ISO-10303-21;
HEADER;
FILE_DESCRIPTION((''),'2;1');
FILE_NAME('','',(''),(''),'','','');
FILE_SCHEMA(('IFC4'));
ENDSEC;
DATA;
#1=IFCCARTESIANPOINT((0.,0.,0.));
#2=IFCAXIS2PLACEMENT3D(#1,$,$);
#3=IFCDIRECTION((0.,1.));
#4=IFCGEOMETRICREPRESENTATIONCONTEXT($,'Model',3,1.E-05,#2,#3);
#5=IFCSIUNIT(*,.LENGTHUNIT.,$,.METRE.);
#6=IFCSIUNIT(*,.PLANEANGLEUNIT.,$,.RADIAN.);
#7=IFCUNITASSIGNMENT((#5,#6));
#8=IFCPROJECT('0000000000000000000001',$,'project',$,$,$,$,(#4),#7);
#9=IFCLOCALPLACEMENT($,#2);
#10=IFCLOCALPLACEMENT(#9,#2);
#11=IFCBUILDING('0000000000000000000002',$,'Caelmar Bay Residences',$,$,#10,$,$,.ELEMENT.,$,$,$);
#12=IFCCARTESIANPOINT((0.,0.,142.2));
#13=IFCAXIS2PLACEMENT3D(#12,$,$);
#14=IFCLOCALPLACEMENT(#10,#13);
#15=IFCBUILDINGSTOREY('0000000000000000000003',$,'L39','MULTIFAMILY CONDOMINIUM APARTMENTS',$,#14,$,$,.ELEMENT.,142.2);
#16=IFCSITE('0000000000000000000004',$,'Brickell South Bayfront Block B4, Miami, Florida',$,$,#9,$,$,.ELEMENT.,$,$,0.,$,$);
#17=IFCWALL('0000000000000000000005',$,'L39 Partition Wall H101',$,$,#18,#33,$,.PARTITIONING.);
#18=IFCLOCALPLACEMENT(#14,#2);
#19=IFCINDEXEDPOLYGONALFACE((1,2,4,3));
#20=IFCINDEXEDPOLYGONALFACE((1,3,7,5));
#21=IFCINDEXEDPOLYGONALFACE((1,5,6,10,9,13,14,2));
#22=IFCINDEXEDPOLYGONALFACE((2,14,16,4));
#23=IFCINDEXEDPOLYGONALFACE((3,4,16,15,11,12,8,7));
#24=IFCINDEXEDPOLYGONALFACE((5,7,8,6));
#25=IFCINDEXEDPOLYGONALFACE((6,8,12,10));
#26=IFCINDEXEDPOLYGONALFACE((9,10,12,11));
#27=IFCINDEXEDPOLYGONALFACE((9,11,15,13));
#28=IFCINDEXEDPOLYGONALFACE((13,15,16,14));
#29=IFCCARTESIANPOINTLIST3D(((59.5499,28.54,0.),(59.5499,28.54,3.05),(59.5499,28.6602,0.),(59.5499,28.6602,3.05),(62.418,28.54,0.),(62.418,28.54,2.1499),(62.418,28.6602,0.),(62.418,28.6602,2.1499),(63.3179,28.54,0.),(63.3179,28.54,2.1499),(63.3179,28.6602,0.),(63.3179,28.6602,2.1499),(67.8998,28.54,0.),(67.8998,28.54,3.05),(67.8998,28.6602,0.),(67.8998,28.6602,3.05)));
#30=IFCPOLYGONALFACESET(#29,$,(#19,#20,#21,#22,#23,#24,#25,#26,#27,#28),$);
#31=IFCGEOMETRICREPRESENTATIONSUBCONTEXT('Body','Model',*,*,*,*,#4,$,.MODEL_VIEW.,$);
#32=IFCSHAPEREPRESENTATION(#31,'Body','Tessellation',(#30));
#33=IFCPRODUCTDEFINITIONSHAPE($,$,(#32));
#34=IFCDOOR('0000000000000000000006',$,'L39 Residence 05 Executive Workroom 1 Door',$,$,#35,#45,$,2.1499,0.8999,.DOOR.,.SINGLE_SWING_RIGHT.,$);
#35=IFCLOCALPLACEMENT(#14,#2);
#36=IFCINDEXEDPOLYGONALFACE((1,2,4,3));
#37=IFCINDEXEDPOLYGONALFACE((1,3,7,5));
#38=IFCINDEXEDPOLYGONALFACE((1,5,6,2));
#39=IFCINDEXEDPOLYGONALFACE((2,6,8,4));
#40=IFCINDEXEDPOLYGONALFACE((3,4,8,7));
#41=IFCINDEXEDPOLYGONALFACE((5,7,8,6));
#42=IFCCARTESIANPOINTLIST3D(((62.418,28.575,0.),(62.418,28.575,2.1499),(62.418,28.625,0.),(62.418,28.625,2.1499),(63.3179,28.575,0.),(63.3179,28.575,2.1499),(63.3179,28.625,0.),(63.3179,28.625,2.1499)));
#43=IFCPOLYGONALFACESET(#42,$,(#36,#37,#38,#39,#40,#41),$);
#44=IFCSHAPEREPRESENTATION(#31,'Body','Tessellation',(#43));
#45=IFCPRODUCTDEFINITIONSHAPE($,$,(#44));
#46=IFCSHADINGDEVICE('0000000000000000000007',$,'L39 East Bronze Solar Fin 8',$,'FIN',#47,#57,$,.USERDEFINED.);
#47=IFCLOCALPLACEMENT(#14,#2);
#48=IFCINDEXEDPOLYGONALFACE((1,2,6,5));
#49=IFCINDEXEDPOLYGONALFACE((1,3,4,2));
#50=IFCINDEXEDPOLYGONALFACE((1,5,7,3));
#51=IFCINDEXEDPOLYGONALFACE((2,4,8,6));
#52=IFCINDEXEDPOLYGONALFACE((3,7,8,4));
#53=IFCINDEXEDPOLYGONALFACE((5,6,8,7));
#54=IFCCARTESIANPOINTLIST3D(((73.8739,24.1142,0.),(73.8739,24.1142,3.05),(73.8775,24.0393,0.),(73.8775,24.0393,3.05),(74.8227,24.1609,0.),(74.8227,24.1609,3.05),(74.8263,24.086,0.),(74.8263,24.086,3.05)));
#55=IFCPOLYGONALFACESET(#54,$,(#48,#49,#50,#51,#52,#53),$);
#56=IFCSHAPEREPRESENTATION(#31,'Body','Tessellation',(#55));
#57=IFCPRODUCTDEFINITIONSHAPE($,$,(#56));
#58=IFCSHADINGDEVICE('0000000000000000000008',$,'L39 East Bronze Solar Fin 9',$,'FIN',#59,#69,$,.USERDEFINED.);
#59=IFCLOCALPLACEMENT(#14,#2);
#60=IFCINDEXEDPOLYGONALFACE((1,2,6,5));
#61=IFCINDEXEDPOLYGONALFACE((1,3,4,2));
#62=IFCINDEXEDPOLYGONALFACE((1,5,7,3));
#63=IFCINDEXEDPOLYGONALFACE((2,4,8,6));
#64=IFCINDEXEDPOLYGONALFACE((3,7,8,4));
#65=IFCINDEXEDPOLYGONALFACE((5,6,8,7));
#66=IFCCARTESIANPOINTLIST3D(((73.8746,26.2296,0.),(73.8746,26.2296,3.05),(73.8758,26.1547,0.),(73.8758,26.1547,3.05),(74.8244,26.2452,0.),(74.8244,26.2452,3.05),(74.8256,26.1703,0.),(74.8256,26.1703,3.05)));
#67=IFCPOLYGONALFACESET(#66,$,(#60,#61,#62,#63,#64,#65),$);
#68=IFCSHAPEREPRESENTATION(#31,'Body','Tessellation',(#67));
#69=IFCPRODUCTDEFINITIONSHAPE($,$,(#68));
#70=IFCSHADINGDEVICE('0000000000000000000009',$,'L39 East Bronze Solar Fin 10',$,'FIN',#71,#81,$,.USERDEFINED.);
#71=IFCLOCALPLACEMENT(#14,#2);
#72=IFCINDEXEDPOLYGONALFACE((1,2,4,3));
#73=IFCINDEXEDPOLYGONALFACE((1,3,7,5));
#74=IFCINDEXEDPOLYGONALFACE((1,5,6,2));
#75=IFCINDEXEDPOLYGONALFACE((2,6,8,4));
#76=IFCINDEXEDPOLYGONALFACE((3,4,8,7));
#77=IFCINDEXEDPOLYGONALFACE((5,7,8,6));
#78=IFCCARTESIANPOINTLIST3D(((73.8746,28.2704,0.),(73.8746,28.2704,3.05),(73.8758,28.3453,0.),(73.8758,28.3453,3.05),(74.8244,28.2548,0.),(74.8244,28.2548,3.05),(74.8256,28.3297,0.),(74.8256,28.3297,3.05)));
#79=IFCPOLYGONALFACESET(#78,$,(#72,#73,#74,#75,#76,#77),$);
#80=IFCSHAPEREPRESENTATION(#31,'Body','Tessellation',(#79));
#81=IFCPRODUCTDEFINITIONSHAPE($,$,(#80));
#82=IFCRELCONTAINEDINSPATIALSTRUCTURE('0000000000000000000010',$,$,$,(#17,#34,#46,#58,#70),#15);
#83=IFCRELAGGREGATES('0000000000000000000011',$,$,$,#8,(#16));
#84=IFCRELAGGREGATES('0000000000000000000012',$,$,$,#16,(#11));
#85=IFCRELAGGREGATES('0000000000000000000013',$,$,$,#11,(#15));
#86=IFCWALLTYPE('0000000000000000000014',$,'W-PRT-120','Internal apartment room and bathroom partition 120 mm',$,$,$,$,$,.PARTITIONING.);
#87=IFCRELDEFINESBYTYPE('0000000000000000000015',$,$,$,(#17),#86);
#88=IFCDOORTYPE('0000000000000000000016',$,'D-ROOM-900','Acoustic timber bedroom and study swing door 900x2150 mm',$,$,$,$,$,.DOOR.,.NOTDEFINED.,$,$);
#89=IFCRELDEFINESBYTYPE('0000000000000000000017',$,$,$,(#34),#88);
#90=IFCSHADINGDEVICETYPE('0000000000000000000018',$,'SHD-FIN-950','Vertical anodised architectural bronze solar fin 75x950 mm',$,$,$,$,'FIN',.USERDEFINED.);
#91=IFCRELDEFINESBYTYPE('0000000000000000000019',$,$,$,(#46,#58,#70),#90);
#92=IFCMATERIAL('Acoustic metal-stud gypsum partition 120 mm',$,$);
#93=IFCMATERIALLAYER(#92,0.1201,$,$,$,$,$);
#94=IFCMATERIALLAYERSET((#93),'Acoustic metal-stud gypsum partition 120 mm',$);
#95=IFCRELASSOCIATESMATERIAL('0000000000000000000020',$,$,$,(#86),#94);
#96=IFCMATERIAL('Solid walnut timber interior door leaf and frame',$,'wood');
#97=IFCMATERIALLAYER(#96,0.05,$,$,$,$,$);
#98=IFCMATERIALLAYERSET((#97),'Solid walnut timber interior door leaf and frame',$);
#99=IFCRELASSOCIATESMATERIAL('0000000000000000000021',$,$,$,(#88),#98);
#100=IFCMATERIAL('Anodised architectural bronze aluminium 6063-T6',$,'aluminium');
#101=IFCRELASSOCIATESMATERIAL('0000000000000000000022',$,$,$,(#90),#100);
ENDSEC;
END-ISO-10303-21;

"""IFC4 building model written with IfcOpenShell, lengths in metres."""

from ifc_helpers import new_model, si_unit, direction, frame, frame_2d, origin, origin_2d, place, context, subcontext, project, spatial, rectangle, extrude, material, layer, layer_set, material_profile, profile_set, type_object, element, fill, save


model = new_model("IFC4")

# Units and contexts
model_context = context("Model", 3, precision=1e-05, world=origin(), true_north=direction((0.0, 1.0)))
body_context = subcontext(model_context, "Body", "Model", "MODEL_VIEW")
ifc_project = project(units=[si_unit("LENGTHUNIT", "METRE"), si_unit("PLANEANGLEUNIT", "RADIAN")], contexts=[model_context])

# Site, building, storey
site_placement = place(None, origin())
site = spatial("IfcSite", under=ifc_project, at=site_placement, Name="Brickell South Bayfront Block B4, Miami, Florida", CompositionType="ELEMENT", RefElevation=0.0)
building_placement = place(site_placement, origin())
building = spatial("IfcBuilding", under=site, at=building_placement, Name="Caelmar Bay Residences", CompositionType="ELEMENT")
storey_placement = place(building_placement, frame((0.0, 0.0, 142.2)))
storey = spatial("IfcBuildingStorey", under=building, at=storey_placement, Name="L39", Description="MULTIFAMILY CONDOMINIUM APARTMENTS", CompositionType="ELEMENT", Elevation=142.2)

# Shared definitions
ifc_material_1 = material(Name="Acoustic metal-stud gypsum partition 120 mm")
ifc_layer_1 = layer(ifc_material_1, 0.1201)
ifc_layer_set_1 = layer_set([ifc_layer_1], Name="Acoustic metal-stud gypsum partition 120 mm")
wall_type = type_object("IfcWallType", Name="W-PRT-120", Description="Internal apartment room and bathroom partition 120 mm", PredefinedType="PARTITIONING", material=ifc_layer_set_1)

# Shared definitions
ifc_material_2 = material(Name="Solid walnut timber interior door leaf and frame", Category="wood")
ifc_layer_2 = layer(ifc_material_2, 0.05)
ifc_layer_set_2 = layer_set([ifc_layer_2], Name="Solid walnut timber interior door leaf and frame")
door_type_1 = type_object("IfcDoorType", Name="D-ROOM-900", Description="Acoustic timber bedroom and study swing door 900x2150 mm", OperationType="NOTDEFINED", PredefinedType="DOOR", material=ifc_layer_set_2)

# Wall, opening, door
wall_1_placement = place(storey_placement, frame((59.55, 28.6001, 0.0), z_axis=(0.0, 0.0, 1.0), x_axis=(1.0, 0.0, 0.0)))
wall_1 = element("IfcWall", 1, at=wall_1_placement, inside=storey, type_object=wall_type, Name="L39 Partition Wall H101", PredefinedType="PARTITIONING", context=body_context, shape_type="SweptSolid", body=[
    extrude(rectangle(XDim=8.3499, YDim=0.1201, at=frame_2d((4.1748, 0.0))), origin(), (0.0, 0.0, 1.0), 3.05),
])
opening_1_placement = place(wall_1_placement, frame((2.8679, 0.0, 0.0)))
opening_1 = element("IfcOpeningElement", 2, at=opening_1_placement, cuts=wall_1, PredefinedType="OPENING", context=body_context, shape_type="SweptSolid", body=[
    extrude(rectangle(XDim=0.8999, YDim=2.1499, at=frame_2d((0.45, 1.075))), frame((0.0, 0.0701, 0.0), z_axis=(0.0, -1.0, 0.0), x_axis=(1.0, 0.0, 0.0)), (0.0, 0.0, 1.0), 0.1401),
])
door_1_placement = place(opening_1_placement, origin())
door_1 = element("IfcDoor", 3, at=door_1_placement, inside=storey, type_object=door_type_1, Name="L39 Residence 05 Executive Workroom 1 Door", OperationType="SINGLE_SWING_RIGHT", OverallHeight=2.1499, OverallWidth=0.8999, PredefinedType="DOOR", context=body_context, shape_type="SweptSolid", body=[
    extrude(rectangle(XDim=0.8999, YDim=2.1499, at=frame_2d((0.45, 1.075))), frame((0.0, 0.0249, 0.0), z_axis=(0.0, -1.0, 0.0), x_axis=(1.0, 0.0, 0.0)), (0.0, 0.0, 1.0), 0.05),
])
fill(opening_1, door_1)

# Shading devices
ifc_material_3 = material(Name="Anodised architectural bronze aluminium 6063-T6", Category="aluminium")
ifc_material_profile_1 = material_profile(ifc_material_3, rectangle(XDim=0.075, YDim=0.95, at=origin_2d()), Name="BRONZE-FIN-75X950")
ifc_profile_set_1 = profile_set([ifc_material_profile_1], Name="Anodised architectural bronze aluminium 6063-T6")
shading_device_type = type_object("IfcShadingDeviceType", Name="SHD-FIN-950", Description="Vertical anodised architectural bronze solar fin 75x950 mm", ElementType="FIN", PredefinedType="USERDEFINED", material=ifc_profile_set_1)
for number, where, z_axis, x_axis, name in (
    (4, (74.3501, 24.1001, 0.0), (0.0, 0.0, 1.0), (-0.049198, 0.998789, 0.0), "L39 East Bronze Solar Fin 8"),
    (5, (74.3501, 26.2, 0.0), (0.0, 0.0, 1.0), (-0.016405, 0.999865, 0.0), "L39 East Bronze Solar Fin 9"),
    (6, (74.3501, 28.3, 0.0), (0.0, 0.0, 1.0), (0.016405, 0.999865, 0.0), "L39 East Bronze Solar Fin 10"),
):
    element("IfcShadingDevice", number, at=place(storey_placement, frame(where, z_axis=z_axis, x_axis=x_axis)), inside=storey, type_object=shading_device_type, Name=name, ObjectType="FIN", PredefinedType="USERDEFINED", context=body_context, shape_type="SweptSolid", body=[
        extrude(rectangle(XDim=0.075, YDim=0.95, at=origin_2d()), origin(), (0.0, 0.0, 1.0), 3.05),
    ])

save(model, "model.ifc")
